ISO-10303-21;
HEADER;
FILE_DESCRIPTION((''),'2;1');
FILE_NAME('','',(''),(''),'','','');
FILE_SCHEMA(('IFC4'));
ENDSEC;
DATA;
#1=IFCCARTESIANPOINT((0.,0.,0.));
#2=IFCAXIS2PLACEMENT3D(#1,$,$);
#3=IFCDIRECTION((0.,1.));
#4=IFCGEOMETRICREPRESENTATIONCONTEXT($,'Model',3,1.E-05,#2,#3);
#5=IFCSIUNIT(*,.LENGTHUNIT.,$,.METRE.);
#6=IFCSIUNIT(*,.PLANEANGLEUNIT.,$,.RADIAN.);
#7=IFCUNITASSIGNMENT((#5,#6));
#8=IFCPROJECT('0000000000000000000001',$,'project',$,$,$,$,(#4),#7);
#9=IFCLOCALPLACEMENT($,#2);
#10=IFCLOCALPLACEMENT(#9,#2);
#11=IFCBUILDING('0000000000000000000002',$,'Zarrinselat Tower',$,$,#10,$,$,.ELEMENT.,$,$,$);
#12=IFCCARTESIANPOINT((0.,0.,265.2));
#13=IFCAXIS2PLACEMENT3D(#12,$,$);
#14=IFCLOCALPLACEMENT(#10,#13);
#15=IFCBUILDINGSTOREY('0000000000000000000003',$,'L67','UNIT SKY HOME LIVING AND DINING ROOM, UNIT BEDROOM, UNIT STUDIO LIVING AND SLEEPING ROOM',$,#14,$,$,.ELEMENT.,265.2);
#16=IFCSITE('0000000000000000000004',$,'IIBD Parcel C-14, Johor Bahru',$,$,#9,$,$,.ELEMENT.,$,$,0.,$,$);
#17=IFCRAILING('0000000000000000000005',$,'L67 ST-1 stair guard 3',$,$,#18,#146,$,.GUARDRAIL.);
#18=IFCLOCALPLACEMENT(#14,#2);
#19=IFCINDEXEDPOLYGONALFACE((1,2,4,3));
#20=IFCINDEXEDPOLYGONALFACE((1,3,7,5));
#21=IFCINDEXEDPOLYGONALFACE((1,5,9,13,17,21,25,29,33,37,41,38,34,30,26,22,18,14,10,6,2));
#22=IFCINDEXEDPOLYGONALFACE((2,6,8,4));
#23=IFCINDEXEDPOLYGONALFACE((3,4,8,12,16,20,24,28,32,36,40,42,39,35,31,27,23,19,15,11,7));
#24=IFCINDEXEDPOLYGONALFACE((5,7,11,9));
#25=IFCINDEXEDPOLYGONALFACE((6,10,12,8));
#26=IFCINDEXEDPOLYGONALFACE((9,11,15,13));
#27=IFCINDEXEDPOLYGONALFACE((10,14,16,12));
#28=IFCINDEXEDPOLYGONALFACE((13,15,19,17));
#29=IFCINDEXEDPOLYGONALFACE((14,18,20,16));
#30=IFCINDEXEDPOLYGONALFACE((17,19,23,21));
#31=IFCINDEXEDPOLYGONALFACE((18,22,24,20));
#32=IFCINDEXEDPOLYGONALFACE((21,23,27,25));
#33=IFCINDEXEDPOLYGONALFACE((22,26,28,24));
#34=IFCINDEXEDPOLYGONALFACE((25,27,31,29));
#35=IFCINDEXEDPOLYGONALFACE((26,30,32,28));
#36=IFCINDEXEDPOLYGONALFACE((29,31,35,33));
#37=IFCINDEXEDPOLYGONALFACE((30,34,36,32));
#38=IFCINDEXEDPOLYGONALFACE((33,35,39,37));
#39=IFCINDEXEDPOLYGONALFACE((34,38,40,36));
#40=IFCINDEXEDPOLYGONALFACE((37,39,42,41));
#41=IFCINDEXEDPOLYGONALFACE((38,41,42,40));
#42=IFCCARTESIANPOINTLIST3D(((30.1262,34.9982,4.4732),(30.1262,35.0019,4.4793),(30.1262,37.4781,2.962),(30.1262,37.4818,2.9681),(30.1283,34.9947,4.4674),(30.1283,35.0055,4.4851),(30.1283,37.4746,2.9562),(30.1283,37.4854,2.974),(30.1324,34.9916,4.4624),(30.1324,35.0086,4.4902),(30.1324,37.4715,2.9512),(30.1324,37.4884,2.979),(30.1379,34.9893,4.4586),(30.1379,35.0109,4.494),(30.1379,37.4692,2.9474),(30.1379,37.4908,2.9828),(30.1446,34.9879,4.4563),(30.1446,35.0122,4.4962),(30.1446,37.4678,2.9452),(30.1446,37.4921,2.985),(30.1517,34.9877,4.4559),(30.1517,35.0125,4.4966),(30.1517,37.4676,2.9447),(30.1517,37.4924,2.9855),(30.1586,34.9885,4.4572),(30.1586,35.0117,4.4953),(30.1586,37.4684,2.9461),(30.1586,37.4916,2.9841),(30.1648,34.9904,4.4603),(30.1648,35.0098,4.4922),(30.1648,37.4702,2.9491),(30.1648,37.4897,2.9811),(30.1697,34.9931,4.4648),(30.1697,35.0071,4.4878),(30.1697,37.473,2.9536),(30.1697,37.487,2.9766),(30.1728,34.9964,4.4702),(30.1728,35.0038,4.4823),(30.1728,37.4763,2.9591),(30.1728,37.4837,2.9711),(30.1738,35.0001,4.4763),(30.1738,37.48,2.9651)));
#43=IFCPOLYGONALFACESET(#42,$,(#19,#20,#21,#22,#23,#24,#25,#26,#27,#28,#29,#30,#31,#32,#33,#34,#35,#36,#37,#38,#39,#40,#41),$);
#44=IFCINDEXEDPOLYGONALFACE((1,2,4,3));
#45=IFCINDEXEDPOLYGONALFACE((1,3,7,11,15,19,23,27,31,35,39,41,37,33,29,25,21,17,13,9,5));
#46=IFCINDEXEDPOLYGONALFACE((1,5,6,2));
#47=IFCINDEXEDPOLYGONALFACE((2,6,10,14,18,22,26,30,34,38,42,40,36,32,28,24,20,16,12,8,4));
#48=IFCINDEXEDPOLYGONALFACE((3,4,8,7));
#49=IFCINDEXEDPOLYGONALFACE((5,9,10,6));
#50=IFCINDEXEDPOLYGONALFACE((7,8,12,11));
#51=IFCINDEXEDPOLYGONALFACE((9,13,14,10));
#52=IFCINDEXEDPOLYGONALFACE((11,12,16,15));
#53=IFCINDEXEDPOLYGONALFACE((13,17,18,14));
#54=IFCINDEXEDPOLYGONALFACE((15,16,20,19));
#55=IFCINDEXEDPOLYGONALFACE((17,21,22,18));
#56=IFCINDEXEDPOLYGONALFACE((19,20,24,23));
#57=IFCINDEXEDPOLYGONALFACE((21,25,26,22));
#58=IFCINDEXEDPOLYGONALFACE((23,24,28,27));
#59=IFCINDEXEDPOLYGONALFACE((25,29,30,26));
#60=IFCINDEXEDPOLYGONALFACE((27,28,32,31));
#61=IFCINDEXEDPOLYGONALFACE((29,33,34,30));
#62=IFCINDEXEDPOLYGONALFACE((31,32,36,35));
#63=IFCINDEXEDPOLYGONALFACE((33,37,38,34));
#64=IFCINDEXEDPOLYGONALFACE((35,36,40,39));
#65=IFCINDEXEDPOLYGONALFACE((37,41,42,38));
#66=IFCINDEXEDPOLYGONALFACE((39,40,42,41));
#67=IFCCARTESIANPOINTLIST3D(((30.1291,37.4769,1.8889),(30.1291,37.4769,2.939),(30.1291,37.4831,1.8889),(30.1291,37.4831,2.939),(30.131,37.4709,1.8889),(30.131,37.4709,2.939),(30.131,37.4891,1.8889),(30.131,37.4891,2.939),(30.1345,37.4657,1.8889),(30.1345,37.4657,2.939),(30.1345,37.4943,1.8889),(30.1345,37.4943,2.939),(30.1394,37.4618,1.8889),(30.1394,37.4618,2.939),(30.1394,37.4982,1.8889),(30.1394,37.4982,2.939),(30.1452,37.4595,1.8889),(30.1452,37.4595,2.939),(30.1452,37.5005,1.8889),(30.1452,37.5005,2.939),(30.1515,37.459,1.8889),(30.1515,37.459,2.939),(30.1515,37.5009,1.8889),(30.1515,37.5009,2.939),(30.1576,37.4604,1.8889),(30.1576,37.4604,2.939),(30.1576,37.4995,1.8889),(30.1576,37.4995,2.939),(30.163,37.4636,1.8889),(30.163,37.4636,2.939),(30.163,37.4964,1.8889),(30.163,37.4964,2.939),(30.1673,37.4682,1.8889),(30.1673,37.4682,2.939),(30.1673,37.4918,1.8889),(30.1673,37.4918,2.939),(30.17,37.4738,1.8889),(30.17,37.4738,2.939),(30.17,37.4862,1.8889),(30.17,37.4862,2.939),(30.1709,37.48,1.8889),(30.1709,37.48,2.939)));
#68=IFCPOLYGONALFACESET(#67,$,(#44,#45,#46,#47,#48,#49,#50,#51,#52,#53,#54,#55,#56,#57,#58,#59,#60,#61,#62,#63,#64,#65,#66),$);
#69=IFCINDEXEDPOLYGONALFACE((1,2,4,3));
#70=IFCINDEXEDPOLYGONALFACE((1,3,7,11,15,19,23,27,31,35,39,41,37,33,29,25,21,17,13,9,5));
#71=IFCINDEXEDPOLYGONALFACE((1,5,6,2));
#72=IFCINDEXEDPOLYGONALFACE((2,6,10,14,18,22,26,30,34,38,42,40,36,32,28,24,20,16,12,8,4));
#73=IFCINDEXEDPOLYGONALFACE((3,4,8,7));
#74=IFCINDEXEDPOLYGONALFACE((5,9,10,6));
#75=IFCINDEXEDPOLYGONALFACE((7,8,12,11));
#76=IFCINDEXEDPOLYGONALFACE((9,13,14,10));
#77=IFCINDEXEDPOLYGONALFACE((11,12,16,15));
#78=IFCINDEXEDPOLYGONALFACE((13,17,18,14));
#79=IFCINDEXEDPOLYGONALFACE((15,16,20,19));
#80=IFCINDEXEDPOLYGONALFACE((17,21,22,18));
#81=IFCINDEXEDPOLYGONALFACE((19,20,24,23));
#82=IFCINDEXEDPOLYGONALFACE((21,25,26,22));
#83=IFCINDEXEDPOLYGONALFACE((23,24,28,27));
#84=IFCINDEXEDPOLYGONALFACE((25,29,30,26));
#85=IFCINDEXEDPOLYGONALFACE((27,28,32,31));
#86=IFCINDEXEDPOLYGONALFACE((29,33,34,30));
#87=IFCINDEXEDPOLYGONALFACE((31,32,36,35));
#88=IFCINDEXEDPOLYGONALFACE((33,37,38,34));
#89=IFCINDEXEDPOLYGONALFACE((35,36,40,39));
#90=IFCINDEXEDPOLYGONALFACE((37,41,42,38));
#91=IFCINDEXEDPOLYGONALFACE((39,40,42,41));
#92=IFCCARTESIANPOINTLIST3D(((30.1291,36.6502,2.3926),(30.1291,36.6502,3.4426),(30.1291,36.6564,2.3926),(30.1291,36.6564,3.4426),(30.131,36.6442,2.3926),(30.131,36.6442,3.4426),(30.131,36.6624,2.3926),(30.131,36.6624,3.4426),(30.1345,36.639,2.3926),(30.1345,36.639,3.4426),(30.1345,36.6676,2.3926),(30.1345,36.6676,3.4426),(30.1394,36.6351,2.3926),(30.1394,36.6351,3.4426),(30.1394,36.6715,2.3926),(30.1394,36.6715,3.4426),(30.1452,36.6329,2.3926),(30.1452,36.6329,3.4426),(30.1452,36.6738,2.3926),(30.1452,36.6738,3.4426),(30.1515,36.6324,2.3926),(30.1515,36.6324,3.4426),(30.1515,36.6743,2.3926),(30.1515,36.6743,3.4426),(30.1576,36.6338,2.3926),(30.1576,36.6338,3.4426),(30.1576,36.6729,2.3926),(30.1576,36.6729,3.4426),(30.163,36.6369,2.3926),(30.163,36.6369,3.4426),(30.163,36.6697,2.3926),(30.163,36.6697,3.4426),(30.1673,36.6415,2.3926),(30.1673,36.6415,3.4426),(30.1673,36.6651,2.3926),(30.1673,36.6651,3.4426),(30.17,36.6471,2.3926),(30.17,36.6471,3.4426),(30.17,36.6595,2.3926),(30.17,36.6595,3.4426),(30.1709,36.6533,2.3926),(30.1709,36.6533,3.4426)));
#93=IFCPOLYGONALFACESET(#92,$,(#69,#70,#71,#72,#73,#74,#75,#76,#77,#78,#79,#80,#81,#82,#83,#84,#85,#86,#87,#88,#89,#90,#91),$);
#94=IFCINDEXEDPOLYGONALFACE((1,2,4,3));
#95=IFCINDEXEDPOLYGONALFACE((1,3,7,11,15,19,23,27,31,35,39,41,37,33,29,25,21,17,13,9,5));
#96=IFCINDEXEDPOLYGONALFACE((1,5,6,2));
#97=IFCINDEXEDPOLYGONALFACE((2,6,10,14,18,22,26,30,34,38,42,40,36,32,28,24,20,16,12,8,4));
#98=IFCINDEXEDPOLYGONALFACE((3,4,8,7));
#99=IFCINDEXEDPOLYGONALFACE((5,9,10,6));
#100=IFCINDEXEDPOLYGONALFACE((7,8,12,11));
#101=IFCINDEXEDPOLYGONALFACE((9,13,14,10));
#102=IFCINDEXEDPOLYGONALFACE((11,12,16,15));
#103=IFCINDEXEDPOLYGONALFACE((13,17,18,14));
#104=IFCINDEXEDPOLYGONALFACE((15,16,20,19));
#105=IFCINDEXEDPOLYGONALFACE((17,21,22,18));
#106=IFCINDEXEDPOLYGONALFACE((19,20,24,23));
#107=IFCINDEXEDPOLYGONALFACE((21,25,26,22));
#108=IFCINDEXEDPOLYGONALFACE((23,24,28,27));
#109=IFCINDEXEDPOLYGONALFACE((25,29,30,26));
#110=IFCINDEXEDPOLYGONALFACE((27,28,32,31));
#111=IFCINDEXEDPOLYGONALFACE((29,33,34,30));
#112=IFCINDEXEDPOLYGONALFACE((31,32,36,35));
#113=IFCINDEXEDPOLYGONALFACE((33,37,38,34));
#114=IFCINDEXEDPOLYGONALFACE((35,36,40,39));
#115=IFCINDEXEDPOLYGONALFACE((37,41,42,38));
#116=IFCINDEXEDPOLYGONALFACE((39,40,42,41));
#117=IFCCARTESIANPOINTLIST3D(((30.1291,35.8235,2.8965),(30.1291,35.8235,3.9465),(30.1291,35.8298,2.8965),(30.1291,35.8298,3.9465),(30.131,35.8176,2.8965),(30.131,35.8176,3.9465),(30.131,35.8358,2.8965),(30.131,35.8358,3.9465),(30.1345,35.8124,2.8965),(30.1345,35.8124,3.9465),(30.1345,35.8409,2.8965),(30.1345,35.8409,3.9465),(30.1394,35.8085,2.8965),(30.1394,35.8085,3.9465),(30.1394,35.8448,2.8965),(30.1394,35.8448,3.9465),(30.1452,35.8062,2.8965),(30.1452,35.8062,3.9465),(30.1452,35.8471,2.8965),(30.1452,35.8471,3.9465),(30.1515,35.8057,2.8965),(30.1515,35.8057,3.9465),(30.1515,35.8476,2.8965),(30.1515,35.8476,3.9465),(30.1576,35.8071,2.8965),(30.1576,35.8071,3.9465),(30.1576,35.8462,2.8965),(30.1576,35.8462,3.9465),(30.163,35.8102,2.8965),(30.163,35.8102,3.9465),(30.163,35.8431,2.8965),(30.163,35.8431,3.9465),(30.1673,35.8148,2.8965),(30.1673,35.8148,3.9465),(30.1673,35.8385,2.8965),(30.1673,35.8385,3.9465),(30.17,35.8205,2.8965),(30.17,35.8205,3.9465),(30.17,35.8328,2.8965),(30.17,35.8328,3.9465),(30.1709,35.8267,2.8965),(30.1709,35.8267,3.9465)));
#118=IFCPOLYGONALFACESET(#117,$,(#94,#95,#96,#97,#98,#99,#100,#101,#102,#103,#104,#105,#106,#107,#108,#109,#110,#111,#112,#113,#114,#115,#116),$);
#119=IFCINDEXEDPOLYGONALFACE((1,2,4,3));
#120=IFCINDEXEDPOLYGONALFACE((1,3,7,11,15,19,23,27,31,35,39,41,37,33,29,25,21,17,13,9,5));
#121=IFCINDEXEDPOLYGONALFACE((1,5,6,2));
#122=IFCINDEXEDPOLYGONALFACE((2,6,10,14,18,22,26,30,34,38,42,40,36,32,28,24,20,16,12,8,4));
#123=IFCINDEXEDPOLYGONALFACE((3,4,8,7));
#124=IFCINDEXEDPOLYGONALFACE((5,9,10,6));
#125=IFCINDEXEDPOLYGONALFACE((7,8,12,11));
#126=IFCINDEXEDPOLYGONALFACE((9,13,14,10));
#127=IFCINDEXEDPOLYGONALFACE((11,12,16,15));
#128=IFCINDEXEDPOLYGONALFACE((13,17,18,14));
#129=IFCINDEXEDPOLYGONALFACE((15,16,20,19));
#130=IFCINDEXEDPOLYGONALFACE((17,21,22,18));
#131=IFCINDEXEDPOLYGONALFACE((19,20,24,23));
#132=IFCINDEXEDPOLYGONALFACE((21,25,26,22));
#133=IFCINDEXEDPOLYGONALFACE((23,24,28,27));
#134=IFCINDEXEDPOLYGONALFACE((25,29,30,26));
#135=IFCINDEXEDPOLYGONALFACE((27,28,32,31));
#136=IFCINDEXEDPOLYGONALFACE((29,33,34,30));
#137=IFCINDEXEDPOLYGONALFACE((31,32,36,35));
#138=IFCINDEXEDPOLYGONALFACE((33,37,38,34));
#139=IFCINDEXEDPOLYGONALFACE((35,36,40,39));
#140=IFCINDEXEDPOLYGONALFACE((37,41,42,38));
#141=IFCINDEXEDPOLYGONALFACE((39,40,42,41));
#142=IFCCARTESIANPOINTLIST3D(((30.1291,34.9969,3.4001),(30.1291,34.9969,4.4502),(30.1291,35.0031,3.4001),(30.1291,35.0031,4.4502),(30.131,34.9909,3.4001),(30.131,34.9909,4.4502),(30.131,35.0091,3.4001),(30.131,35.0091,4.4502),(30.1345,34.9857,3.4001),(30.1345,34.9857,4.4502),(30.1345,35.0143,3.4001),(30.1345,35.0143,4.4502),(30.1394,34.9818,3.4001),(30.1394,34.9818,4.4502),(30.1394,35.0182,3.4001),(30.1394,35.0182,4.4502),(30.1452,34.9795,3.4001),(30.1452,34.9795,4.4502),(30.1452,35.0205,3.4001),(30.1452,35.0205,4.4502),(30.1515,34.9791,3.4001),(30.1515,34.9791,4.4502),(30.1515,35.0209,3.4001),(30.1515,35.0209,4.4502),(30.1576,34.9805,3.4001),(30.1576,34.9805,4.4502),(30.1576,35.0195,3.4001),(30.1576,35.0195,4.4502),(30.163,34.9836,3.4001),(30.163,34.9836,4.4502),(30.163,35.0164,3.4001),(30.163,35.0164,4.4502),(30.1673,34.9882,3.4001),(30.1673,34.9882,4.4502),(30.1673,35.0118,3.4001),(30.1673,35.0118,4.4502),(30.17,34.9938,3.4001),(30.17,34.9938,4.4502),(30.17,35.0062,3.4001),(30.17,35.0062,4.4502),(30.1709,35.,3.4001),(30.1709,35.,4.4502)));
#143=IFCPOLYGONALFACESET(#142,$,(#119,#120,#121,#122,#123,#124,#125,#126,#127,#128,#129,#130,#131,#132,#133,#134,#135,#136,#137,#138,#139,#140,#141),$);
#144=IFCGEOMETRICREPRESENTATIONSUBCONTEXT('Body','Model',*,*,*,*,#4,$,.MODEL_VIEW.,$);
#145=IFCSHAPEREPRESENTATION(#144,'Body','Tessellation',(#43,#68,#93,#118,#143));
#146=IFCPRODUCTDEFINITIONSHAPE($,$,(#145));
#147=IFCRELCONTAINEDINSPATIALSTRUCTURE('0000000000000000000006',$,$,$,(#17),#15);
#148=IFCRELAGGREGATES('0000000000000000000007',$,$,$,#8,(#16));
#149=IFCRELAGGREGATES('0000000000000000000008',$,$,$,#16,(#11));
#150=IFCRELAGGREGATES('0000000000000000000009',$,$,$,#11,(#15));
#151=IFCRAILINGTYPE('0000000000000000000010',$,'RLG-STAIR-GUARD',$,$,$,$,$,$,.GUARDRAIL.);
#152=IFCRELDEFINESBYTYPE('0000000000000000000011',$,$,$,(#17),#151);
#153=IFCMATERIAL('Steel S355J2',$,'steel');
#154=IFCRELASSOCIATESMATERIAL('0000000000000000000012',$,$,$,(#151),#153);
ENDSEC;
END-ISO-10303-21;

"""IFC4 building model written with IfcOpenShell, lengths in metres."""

from ifc_helpers import new_model, si_unit, direction, frame, origin, origin_2d, place, context, subcontext, project, spatial, circle, extrude, material, type_object, element, save


model = new_model("IFC4")

# Units and contexts
model_context = context("Model", 3, precision=1e-05, world=origin(), true_north=direction((0.0, 1.0)))
body_context = subcontext(model_context, "Body", "Model", "MODEL_VIEW")
ifc_project = project(units=[si_unit("LENGTHUNIT", "METRE"), si_unit("PLANEANGLEUNIT", "RADIAN")], contexts=[model_context])

# Site, building, storey
site_placement = place(None, origin())
site = spatial("IfcSite", under=ifc_project, at=site_placement, Name="IIBD Parcel C-14, Johor Bahru", CompositionType="ELEMENT", RefElevation=0.0)
building_placement = place(site_placement, origin())
building = spatial("IfcBuilding", under=site, at=building_placement, Name="Zarrinselat Tower", CompositionType="ELEMENT")
storey_placement = place(building_placement, frame((0.0, 0.0, 265.2)))
storey = spatial("IfcBuildingStorey", under=building, at=storey_placement, Name="L67", Description="UNIT SKY HOME LIVING AND DINING ROOM, UNIT BEDROOM, UNIT STUDIO LIVING AND SLEEPING ROOM", CompositionType="ELEMENT", Elevation=265.2)

# Railing
ifc_material_1 = material(Name="Steel S355J2", Category="steel")
railing_type_1 = type_object("IfcRailingType", Name="RLG-STAIR-GUARD", PredefinedType="GUARDRAIL", material=ifc_material_1)
railing_1_placement = place(storey_placement, frame((30.1499, 37.48, 1.8889)))
element("IfcRailing", 1, at=railing_1_placement, inside=storey, type_object=railing_type_1, Name="L67 ST-1 stair guard 3", PredefinedType="GUARDRAIL", context=body_context, shape_type="SweptSolid", body=[
    extrude(circle(Radius=0.0239, at=origin_2d()), frame((0.0, 0.0, 1.0762), z_axis=(0.0, -0.853942, 0.520368), x_axis=(1.0, 0.0, 0.0)), (0.0, 0.0, 1.0), 2.9041),
    extrude(circle(Radius=0.021, at=origin_2d()), origin(), (0.0, 0.0, 1.0), 1.05),
    extrude(circle(Radius=0.021, at=origin_2d()), frame((0.0, -0.8267, 0.5037)), (0.0, 0.0, 1.0), 1.05),
    extrude(circle(Radius=0.021, at=origin_2d()), frame((0.0, -1.6533, 1.0076)), (0.0, 0.0, 1.0), 1.05),
    extrude(circle(Radius=0.021, at=origin_2d()), frame((0.0, -2.48, 1.5112)), (0.0, 0.0, 1.0), 1.05),
])

save(model, "model.ifc")
